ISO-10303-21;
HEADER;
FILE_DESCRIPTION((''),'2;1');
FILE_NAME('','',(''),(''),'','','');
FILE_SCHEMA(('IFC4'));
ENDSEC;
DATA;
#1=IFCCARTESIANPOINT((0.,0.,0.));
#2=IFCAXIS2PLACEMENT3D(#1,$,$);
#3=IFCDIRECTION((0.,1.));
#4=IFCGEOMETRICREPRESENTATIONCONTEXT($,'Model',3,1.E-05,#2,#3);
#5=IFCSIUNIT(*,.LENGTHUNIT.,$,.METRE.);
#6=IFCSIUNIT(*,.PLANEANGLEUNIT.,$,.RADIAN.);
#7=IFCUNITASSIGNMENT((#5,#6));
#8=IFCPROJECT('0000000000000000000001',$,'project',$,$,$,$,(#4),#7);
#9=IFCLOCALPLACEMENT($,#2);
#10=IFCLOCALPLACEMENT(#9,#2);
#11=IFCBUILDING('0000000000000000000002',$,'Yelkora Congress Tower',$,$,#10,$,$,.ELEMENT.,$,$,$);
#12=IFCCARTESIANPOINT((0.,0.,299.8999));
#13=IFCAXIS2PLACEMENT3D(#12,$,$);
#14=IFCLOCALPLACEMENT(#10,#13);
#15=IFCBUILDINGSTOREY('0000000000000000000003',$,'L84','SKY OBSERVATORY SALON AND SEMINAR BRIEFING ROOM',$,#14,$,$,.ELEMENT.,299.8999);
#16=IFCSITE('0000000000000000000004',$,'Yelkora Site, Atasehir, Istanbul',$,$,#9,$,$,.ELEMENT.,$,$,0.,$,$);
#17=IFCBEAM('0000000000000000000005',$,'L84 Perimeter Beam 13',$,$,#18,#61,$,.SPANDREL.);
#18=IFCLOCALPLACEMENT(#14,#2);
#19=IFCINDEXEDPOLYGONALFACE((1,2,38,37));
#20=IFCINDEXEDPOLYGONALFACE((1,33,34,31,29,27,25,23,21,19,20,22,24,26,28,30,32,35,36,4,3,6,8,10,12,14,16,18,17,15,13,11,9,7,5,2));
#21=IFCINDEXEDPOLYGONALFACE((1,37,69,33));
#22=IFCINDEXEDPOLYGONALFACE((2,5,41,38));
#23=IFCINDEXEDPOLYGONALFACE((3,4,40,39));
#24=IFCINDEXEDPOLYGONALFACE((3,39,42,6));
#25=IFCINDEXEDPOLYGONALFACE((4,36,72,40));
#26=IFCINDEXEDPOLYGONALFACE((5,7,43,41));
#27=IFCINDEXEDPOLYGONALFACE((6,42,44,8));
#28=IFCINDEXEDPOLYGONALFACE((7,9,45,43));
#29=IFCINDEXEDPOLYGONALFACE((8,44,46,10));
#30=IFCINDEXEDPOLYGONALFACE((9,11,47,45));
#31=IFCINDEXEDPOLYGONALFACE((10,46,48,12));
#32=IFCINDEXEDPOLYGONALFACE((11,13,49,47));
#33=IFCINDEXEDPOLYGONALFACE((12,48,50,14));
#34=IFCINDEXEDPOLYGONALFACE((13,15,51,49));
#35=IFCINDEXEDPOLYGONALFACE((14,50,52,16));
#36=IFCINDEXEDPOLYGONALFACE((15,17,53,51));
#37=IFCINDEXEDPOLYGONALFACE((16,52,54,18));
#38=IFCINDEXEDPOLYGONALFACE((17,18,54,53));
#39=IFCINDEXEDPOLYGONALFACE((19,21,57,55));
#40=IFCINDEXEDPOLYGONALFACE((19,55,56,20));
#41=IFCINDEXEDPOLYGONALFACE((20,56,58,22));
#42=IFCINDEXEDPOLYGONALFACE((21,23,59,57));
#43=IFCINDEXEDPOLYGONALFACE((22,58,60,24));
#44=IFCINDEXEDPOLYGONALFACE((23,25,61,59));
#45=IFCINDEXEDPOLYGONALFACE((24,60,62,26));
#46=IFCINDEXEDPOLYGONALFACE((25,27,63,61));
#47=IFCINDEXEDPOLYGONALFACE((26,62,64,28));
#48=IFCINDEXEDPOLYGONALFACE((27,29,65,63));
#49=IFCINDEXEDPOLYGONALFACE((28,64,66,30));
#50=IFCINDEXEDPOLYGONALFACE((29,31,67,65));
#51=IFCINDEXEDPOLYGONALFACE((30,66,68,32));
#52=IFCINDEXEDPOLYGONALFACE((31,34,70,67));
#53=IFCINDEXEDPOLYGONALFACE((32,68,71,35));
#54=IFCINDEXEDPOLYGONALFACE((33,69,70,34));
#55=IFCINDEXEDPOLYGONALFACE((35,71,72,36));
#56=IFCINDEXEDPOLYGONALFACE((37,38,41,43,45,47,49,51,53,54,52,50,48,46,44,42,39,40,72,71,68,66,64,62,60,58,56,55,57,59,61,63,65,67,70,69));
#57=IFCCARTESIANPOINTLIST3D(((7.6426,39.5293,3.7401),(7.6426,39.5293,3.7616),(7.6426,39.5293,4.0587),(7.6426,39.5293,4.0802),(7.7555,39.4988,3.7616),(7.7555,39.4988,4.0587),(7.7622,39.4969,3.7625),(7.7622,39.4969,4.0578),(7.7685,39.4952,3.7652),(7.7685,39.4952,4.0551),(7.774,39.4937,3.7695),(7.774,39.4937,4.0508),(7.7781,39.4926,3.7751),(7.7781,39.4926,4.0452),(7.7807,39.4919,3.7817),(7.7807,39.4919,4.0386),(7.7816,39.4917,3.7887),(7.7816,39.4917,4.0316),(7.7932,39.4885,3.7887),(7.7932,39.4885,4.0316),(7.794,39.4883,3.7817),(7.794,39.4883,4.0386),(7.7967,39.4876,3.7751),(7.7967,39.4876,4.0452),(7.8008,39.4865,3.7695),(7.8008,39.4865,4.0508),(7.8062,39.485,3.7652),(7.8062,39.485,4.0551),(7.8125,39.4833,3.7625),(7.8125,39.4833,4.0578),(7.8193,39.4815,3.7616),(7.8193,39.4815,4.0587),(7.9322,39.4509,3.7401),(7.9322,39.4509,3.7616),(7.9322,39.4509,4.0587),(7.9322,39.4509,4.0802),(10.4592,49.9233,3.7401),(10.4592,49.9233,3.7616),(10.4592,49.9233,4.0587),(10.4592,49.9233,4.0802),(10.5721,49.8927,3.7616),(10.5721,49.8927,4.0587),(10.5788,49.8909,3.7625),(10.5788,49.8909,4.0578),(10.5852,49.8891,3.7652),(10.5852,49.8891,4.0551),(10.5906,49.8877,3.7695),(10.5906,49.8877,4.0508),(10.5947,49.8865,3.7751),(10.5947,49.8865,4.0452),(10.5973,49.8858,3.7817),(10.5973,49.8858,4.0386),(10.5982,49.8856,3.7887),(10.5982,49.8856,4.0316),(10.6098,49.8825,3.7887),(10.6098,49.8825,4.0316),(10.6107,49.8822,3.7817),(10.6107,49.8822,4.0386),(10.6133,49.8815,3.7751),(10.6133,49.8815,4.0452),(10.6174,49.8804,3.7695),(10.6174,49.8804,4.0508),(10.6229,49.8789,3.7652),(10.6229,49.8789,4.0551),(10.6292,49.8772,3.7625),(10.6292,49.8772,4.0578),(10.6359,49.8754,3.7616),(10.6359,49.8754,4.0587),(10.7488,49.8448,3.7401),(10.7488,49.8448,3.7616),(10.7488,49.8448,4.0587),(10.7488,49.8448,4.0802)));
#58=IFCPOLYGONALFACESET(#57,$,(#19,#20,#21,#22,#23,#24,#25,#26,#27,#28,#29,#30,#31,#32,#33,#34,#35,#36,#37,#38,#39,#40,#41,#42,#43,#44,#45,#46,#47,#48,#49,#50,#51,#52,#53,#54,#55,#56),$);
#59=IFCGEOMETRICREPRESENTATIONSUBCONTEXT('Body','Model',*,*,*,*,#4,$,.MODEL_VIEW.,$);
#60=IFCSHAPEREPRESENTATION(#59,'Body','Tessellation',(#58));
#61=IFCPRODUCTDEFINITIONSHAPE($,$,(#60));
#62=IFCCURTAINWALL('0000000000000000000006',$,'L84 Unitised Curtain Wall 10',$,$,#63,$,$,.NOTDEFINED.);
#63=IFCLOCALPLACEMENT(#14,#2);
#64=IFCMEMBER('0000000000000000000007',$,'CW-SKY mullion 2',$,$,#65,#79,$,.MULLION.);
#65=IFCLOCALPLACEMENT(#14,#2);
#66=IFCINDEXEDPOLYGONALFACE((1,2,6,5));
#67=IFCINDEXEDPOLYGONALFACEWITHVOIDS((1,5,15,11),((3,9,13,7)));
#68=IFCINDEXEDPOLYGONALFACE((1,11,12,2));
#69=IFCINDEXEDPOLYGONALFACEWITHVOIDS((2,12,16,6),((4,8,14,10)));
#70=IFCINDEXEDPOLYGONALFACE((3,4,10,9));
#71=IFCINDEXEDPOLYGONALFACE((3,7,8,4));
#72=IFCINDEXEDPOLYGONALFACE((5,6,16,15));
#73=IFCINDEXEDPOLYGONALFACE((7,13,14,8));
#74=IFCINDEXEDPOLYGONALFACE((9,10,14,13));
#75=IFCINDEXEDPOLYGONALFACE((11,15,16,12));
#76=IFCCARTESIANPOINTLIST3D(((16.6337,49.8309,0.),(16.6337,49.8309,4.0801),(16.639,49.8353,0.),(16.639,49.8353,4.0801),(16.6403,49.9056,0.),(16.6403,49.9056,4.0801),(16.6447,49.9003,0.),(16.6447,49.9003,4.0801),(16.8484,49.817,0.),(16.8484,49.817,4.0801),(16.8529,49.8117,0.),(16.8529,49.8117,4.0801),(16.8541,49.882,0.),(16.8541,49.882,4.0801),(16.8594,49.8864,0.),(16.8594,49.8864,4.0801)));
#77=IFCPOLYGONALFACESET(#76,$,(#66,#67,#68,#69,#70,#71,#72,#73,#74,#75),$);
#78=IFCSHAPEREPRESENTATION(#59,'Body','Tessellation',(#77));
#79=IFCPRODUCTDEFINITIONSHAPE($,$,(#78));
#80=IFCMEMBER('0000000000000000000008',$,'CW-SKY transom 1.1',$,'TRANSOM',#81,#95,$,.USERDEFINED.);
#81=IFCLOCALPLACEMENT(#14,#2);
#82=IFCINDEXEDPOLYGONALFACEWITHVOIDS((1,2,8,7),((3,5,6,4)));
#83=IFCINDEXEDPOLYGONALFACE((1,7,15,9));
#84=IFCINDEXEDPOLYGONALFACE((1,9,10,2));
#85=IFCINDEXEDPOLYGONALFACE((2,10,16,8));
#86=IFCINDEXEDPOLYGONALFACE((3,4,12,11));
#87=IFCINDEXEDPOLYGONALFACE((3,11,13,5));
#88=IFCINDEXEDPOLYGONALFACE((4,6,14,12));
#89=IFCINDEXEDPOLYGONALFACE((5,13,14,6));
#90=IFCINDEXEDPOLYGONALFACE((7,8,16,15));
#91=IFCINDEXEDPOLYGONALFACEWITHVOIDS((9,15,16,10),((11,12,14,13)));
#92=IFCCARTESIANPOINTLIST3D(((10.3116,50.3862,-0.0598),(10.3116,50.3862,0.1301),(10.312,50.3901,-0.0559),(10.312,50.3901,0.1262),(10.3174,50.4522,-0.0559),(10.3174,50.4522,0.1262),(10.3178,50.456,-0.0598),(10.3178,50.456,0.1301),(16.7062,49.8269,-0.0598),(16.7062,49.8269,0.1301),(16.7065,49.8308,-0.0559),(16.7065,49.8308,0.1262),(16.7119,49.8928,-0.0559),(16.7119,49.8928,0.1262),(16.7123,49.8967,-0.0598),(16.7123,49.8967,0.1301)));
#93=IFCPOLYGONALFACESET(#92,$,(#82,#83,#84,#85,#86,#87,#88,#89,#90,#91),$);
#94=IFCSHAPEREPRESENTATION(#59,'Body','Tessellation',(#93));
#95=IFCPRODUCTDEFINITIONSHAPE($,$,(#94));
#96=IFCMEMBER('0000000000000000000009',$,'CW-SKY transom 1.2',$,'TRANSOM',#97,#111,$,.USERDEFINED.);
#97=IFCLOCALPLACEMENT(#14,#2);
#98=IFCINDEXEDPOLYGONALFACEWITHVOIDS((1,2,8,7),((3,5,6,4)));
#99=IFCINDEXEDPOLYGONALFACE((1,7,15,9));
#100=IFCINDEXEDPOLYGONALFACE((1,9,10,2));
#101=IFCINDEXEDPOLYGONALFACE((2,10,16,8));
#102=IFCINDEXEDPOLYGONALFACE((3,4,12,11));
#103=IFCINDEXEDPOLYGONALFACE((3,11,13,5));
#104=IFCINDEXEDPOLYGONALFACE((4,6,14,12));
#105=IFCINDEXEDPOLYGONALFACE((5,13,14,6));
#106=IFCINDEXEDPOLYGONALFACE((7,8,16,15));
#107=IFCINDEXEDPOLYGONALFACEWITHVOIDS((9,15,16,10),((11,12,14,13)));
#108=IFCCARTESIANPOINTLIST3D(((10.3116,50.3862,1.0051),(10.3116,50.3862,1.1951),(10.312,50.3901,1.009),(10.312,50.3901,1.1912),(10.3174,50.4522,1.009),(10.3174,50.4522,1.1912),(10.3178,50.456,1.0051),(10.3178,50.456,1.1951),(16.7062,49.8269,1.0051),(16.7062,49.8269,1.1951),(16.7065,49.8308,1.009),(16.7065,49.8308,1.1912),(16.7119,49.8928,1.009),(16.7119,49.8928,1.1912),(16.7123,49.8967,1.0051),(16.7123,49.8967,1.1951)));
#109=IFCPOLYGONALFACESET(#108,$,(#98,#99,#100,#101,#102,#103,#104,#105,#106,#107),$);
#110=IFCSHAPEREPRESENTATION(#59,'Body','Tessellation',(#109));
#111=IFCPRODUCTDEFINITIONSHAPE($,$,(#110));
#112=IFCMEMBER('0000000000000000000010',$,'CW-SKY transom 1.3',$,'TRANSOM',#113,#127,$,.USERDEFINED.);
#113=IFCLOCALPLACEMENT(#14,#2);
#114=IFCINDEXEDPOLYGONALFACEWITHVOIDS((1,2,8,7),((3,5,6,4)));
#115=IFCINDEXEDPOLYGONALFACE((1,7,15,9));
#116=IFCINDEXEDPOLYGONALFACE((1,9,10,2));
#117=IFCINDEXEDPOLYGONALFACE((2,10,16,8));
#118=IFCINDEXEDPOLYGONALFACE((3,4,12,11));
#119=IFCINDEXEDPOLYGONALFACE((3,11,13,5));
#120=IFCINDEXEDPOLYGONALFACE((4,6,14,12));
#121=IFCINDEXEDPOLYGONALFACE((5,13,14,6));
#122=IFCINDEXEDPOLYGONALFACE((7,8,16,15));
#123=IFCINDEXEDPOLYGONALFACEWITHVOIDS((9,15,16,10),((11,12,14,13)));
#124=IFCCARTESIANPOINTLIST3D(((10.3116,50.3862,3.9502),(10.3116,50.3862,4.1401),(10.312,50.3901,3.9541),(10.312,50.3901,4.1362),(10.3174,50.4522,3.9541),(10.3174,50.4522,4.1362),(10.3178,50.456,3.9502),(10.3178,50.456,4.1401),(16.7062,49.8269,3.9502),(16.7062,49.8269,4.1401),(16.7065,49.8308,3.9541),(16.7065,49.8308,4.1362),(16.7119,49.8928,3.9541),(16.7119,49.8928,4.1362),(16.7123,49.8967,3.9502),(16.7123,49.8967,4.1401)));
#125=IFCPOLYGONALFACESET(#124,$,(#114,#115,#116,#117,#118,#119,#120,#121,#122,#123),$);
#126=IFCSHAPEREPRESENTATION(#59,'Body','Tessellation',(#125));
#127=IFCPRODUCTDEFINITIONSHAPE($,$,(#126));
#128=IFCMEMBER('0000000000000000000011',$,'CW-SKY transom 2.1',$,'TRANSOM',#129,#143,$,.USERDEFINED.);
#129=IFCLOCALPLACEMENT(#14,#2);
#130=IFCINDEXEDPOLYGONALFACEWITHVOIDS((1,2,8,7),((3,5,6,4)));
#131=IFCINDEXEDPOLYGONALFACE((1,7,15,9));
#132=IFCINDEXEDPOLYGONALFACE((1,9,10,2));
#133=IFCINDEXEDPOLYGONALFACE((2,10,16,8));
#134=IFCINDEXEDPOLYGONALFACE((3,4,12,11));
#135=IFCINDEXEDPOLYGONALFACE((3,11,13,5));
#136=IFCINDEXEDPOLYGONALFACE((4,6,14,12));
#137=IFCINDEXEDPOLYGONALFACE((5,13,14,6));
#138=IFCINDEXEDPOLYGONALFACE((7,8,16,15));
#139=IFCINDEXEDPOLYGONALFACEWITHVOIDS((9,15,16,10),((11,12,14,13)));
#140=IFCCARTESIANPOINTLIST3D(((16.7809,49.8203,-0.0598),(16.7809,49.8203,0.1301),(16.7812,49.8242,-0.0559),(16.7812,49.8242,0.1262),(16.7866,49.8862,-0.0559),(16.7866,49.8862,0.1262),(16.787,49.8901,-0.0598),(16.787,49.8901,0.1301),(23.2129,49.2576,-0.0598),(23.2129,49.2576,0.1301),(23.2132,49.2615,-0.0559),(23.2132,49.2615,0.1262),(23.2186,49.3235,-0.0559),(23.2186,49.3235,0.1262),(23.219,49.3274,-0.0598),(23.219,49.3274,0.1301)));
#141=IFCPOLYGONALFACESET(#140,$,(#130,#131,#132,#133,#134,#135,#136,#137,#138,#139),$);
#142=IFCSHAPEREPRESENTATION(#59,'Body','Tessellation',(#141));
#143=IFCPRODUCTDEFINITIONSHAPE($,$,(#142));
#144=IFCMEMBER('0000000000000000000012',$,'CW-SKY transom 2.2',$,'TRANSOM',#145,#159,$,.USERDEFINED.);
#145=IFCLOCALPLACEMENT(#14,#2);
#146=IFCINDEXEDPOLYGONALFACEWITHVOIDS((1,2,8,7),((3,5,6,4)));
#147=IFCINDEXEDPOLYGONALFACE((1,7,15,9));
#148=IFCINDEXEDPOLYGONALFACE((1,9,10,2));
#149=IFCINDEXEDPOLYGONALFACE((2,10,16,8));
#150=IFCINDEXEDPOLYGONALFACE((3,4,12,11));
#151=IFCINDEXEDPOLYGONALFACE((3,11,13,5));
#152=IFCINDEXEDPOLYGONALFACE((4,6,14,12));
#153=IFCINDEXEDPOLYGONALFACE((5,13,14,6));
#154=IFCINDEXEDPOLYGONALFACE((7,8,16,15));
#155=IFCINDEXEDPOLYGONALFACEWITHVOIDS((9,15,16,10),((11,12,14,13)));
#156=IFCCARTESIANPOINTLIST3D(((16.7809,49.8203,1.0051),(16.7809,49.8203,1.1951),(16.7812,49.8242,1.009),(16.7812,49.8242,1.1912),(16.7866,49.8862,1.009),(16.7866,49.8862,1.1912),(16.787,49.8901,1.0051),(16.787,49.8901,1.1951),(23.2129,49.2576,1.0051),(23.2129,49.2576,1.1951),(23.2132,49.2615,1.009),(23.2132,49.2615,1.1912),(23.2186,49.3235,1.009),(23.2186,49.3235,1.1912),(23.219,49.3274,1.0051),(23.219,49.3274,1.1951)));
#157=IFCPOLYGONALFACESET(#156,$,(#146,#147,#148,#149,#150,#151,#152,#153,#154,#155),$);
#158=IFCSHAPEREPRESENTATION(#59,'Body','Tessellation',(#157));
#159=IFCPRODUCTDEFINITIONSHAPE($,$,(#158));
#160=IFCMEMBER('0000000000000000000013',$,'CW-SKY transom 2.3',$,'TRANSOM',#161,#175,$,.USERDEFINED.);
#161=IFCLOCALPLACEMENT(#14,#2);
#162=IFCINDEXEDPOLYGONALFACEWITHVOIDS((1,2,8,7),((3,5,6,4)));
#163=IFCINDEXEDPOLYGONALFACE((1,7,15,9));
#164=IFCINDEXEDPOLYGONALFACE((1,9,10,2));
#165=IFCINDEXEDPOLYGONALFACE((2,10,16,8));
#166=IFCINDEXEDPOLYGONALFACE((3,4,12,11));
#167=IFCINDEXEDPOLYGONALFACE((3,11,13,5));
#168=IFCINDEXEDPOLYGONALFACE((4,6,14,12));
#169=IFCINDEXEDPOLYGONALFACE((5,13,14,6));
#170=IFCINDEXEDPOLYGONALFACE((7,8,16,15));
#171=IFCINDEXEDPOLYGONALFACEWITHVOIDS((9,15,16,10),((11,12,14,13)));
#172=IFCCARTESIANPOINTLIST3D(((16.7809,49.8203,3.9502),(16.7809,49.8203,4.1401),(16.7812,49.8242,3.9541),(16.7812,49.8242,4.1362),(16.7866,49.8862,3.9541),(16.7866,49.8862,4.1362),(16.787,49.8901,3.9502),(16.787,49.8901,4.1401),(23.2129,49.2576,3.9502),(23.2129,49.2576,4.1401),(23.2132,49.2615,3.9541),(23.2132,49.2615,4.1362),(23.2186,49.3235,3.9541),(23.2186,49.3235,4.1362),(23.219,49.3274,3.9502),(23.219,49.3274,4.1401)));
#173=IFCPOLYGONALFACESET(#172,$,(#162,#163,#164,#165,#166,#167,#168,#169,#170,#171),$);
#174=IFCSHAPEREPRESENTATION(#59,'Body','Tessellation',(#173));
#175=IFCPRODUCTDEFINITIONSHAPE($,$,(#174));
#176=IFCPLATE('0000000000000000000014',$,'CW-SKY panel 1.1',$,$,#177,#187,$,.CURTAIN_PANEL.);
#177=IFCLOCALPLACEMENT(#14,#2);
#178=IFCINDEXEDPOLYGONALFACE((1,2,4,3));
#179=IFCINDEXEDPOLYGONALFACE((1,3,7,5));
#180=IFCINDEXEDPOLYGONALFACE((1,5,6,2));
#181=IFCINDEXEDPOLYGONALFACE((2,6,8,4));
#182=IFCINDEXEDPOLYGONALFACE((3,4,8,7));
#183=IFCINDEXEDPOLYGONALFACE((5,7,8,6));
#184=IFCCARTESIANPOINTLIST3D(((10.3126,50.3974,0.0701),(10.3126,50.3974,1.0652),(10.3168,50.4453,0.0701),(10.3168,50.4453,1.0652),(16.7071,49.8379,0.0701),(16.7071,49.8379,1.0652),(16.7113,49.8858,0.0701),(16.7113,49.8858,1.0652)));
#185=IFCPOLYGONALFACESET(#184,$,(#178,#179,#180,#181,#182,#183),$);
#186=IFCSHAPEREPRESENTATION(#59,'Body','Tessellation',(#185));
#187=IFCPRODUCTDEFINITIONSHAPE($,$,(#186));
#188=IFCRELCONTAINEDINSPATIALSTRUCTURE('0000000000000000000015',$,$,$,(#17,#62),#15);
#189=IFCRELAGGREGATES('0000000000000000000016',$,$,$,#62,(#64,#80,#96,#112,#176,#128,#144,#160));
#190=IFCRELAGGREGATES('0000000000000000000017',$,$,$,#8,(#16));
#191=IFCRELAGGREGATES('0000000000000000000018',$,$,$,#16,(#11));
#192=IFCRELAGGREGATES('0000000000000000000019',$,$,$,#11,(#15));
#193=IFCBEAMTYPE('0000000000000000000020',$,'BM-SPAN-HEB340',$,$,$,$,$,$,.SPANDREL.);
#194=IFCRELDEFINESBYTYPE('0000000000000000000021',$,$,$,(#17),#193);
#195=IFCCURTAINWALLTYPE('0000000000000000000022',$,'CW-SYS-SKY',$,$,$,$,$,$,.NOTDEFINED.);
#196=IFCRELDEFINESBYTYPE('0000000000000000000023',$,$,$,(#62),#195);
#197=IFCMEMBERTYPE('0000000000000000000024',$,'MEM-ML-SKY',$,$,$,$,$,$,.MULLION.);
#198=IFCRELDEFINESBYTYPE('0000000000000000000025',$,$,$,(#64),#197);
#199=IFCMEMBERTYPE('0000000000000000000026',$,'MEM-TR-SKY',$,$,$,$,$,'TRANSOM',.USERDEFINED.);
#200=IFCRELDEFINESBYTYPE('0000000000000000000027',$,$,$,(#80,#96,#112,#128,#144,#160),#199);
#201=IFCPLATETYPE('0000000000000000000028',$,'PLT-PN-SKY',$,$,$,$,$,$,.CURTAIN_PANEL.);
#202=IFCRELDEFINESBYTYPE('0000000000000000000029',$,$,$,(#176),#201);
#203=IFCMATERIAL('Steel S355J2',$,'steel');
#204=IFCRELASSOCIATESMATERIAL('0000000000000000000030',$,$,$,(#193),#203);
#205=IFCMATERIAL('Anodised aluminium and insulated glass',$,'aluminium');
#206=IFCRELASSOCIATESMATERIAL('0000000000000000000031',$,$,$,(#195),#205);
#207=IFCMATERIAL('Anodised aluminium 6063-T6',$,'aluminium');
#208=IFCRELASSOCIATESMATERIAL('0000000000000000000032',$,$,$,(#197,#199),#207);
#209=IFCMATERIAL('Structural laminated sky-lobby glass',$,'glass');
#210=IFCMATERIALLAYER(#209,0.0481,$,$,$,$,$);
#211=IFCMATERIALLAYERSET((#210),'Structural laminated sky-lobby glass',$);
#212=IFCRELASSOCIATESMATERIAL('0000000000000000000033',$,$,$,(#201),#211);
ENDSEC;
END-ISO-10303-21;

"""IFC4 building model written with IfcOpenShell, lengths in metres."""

from ifc_helpers import new_model, si_unit, direction, frame, origin, origin_2d, place, context, subcontext, project, spatial, rectangle, hollow_rectangle, i_section, extrude, material, layer, layer_set, material_profile, profile_set, type_object, element, aggregate, save


model = new_model("IFC4")

# Units and contexts
model_context = context("Model", 3, precision=1e-05, world=origin(), true_north=direction((0.0, 1.0)))
body_context = subcontext(model_context, "Body", "Model", "MODEL_VIEW")
ifc_project = project(units=[si_unit("LENGTHUNIT", "METRE"), si_unit("PLANEANGLEUNIT", "RADIAN")], contexts=[model_context])

# Site, building, storey
site_placement = place(None, origin())
site = spatial("IfcSite", under=ifc_project, at=site_placement, Name="Yelkora Site, Atasehir, Istanbul", CompositionType="ELEMENT", RefElevation=0.0)
building_placement = place(site_placement, origin())
building = spatial("IfcBuilding", under=site, at=building_placement, Name="Yelkora Congress Tower", CompositionType="ELEMENT")
storey_placement = place(building_placement, frame((0.0, 0.0, 299.8999)))
storey = spatial("IfcBuildingStorey", under=building, at=storey_placement, Name="L84", Description="SKY OBSERVATORY SALON AND SEMINAR BRIEFING ROOM", CompositionType="ELEMENT", Elevation=299.8999)

# Shared definitions
ifc_material_1 = material(Name="Steel S355J2", Category="steel")

# Beam
ifc_material_profile_1 = material_profile(ifc_material_1, i_section(OverallWidth=0.3, OverallDepth=0.3401, WebThickness=0.012, FlangeThickness=0.0215, FilletRadius=0.0271, at=origin_2d()), Name="HEB 340")
ifc_profile_set_1 = profile_set([ifc_material_profile_1], Name="Steel S355J2")
beam_type_1 = type_object("IfcBeamType", Name="BM-SPAN-HEB340", PredefinedType="SPANDREL", material=ifc_profile_set_1)
beam_1_placement = place(storey_placement, frame((10.604, 49.884, 3.9102), z_axis=(-0.261554, -0.965189, 0.0), x_axis=(0.965189, -0.261554, 0.0)))
element("IfcBeam", 1, at=beam_1_placement, inside=storey, type_object=beam_type_1, Name="L84 Perimeter Beam 13", PredefinedType="SPANDREL", context=body_context, shape_type="SweptSolid", body=[
    extrude(i_section(OverallWidth=0.3, OverallDepth=0.3401, WebThickness=0.012, FlangeThickness=0.0215, FilletRadius=0.0271, at=origin_2d()), origin(), (0.0, 0.0, 1.0), 10.7688),
])

# Curtain wall, members, plate
ifc_material_2 = material(Name="Anodised aluminium and insulated glass", Category="aluminium")
curtain_wall_type = type_object("IfcCurtainWallType", Name="CW-SYS-SKY", PredefinedType="NOTDEFINED", material=ifc_material_2)
curtain_wall_placement = place(storey_placement, origin())
curtain_wall = element("IfcCurtainWall", 2, at=curtain_wall_placement, inside=storey, type_object=curtain_wall_type, Name="L84 Unitised Curtain Wall 10", PredefinedType="NOTDEFINED")
ifc_material_3 = material(Name="Anodised aluminium 6063-T6", Category="aluminium")
ifc_material_profile_2 = material_profile(ifc_material_3, hollow_rectangle(XDim=0.075, YDim=0.22, WallThickness=0.0049, at=origin_2d()), Name="ALU 75x220x5")
ifc_profile_set_2 = profile_set([ifc_material_profile_2], Name="Anodised aluminium 6063-T6")
member_type_1 = type_object("IfcMemberType", Name="MEM-ML-SKY", PredefinedType="MULLION", material=ifc_profile_set_2)
member_1_placement = place(storey_placement, frame((16.7466, 49.8586, 0.0), z_axis=(0.0, 0.0, 1.0), x_axis=(0.087157, 0.996195, 0.0)))
member_1 = element("IfcMember", 3, at=member_1_placement, type_object=member_type_1, Name="CW-SKY mullion 2", PredefinedType="MULLION", context=body_context, shape_type="SweptSolid", body=[
    extrude(hollow_rectangle(XDim=0.075, YDim=0.22, WallThickness=0.0049, at=origin_2d()), origin(), (0.0, 0.0, 1.0), 4.0801),
])
ifc_material_profile_3 = material_profile(ifc_material_3, hollow_rectangle(XDim=0.0701, YDim=0.1899, WallThickness=0.0039, at=origin_2d()), Name="ALU 70x190x4")
ifc_profile_set_3 = profile_set([ifc_material_profile_3], Name="Anodised aluminium 6063-T6")
member_type_2 = type_object("IfcMemberType", Name="MEM-TR-SKY", ElementType="TRANSOM", PredefinedType="USERDEFINED", material=ifc_profile_set_3)
member_2_placement = place(storey_placement, frame((10.3147, 50.4211, 0.0352), z_axis=(0.996196, -0.087137, 0.0), x_axis=(0.087137, 0.996196, 0.0)))
member_2 = element("IfcMember", 4, at=member_2_placement, type_object=member_type_2, Name="CW-SKY transom 1.1", ObjectType="TRANSOM", PredefinedType="USERDEFINED", context=body_context, shape_type="SweptSolid", body=[
    extrude(hollow_rectangle(XDim=0.0701, YDim=0.1899, WallThickness=0.0039, at=origin_2d()), origin(), (0.0, 0.0, 1.0), 6.4189),
])
member_3_placement = place(storey_placement, frame((10.3147, 50.4211, 1.1001), z_axis=(0.996196, -0.087137, 0.0), x_axis=(0.087137, 0.996196, 0.0)))
member_3 = element("IfcMember", 5, at=member_3_placement, type_object=member_type_2, Name="CW-SKY transom 1.2", ObjectType="TRANSOM", PredefinedType="USERDEFINED", context=body_context, shape_type="SweptSolid", body=[
    extrude(hollow_rectangle(XDim=0.0701, YDim=0.1899, WallThickness=0.0039, at=origin_2d()), origin(), (0.0, 0.0, 1.0), 6.4189),
])
member_4_placement = place(storey_placement, frame((10.3147, 50.4211, 4.0452), z_axis=(0.996196, -0.087137, 0.0), x_axis=(0.087137, 0.996196, 0.0)))
member_4 = element("IfcMember", 6, at=member_4_placement, type_object=member_type_2, Name="CW-SKY transom 1.3", ObjectType="TRANSOM", PredefinedType="USERDEFINED", context=body_context, shape_type="SweptSolid", body=[
    extrude(hollow_rectangle(XDim=0.0701, YDim=0.1899, WallThickness=0.0039, at=origin_2d()), origin(), (0.0, 0.0, 1.0), 6.4189),
])
member_5_placement = place(storey_placement, frame((16.7839, 49.8552, 0.0352), z_axis=(0.996194, -0.08716, 0.0), x_axis=(0.08716, 0.996194, 0.0)))
member_5 = element("IfcMember", 7, at=member_5_placement, type_object=member_type_2, Name="CW-SKY transom 2.1", ObjectType="TRANSOM", PredefinedType="USERDEFINED", context=body_context, shape_type="SweptSolid", body=[
    extrude(hollow_rectangle(XDim=0.0701, YDim=0.1899, WallThickness=0.0039, at=origin_2d()), origin(), (0.0, 0.0, 1.0), 6.4565),
])
member_6_placement = place(storey_placement, frame((16.7839, 49.8552, 1.1001), z_axis=(0.996194, -0.08716, 0.0), x_axis=(0.08716, 0.996194, 0.0)))
member_6 = element("IfcMember", 8, at=member_6_placement, type_object=member_type_2, Name="CW-SKY transom 2.2", ObjectType="TRANSOM", PredefinedType="USERDEFINED", context=body_context, shape_type="SweptSolid", body=[
    extrude(hollow_rectangle(XDim=0.0701, YDim=0.1899, WallThickness=0.0039, at=origin_2d()), origin(), (0.0, 0.0, 1.0), 6.4565),
])
member_7_placement = place(storey_placement, frame((16.7839, 49.8552, 4.0452), z_axis=(0.996194, -0.08716, 0.0), x_axis=(0.08716, 0.996194, 0.0)))
member_7 = element("IfcMember", 9, at=member_7_placement, type_object=member_type_2, Name="CW-SKY transom 2.3", ObjectType="TRANSOM", PredefinedType="USERDEFINED", context=body_context, shape_type="SweptSolid", body=[
    extrude(hollow_rectangle(XDim=0.0701, YDim=0.1899, WallThickness=0.0039, at=origin_2d()), origin(), (0.0, 0.0, 1.0), 6.4565),
])
ifc_material_4 = material(Name="Structural laminated sky-lobby glass", Category="glass")
ifc_layer_1 = layer(ifc_material_4, 0.0481)
ifc_layer_set_1 = layer_set([ifc_layer_1], Name="Structural laminated sky-lobby glass")
plate_type = type_object("IfcPlateType", Name="PLT-PN-SKY", PredefinedType="CURTAIN_PANEL", material=ifc_layer_set_1)
plate_1_placement = place(storey_placement, frame((13.512, 50.1416, 0.0701), z_axis=(0.0, 0.0, 1.0), x_axis=(0.996195, -0.087157, 0.0)))
plate_1 = element("IfcPlate", 10, at=plate_1_placement, type_object=plate_type, Name="CW-SKY panel 1.1", PredefinedType="CURTAIN_PANEL", context=body_context, shape_type="SweptSolid", body=[
    extrude(rectangle(XDim=6.4189, YDim=0.0481, at=origin_2d()), origin(), (0.0, 0.0, 1.0), 0.9951),
])
aggregate(curtain_wall, [member_1, member_2, member_3, member_4, plate_1, member_5, member_6, member_7])

save(model, "model.ifc")
